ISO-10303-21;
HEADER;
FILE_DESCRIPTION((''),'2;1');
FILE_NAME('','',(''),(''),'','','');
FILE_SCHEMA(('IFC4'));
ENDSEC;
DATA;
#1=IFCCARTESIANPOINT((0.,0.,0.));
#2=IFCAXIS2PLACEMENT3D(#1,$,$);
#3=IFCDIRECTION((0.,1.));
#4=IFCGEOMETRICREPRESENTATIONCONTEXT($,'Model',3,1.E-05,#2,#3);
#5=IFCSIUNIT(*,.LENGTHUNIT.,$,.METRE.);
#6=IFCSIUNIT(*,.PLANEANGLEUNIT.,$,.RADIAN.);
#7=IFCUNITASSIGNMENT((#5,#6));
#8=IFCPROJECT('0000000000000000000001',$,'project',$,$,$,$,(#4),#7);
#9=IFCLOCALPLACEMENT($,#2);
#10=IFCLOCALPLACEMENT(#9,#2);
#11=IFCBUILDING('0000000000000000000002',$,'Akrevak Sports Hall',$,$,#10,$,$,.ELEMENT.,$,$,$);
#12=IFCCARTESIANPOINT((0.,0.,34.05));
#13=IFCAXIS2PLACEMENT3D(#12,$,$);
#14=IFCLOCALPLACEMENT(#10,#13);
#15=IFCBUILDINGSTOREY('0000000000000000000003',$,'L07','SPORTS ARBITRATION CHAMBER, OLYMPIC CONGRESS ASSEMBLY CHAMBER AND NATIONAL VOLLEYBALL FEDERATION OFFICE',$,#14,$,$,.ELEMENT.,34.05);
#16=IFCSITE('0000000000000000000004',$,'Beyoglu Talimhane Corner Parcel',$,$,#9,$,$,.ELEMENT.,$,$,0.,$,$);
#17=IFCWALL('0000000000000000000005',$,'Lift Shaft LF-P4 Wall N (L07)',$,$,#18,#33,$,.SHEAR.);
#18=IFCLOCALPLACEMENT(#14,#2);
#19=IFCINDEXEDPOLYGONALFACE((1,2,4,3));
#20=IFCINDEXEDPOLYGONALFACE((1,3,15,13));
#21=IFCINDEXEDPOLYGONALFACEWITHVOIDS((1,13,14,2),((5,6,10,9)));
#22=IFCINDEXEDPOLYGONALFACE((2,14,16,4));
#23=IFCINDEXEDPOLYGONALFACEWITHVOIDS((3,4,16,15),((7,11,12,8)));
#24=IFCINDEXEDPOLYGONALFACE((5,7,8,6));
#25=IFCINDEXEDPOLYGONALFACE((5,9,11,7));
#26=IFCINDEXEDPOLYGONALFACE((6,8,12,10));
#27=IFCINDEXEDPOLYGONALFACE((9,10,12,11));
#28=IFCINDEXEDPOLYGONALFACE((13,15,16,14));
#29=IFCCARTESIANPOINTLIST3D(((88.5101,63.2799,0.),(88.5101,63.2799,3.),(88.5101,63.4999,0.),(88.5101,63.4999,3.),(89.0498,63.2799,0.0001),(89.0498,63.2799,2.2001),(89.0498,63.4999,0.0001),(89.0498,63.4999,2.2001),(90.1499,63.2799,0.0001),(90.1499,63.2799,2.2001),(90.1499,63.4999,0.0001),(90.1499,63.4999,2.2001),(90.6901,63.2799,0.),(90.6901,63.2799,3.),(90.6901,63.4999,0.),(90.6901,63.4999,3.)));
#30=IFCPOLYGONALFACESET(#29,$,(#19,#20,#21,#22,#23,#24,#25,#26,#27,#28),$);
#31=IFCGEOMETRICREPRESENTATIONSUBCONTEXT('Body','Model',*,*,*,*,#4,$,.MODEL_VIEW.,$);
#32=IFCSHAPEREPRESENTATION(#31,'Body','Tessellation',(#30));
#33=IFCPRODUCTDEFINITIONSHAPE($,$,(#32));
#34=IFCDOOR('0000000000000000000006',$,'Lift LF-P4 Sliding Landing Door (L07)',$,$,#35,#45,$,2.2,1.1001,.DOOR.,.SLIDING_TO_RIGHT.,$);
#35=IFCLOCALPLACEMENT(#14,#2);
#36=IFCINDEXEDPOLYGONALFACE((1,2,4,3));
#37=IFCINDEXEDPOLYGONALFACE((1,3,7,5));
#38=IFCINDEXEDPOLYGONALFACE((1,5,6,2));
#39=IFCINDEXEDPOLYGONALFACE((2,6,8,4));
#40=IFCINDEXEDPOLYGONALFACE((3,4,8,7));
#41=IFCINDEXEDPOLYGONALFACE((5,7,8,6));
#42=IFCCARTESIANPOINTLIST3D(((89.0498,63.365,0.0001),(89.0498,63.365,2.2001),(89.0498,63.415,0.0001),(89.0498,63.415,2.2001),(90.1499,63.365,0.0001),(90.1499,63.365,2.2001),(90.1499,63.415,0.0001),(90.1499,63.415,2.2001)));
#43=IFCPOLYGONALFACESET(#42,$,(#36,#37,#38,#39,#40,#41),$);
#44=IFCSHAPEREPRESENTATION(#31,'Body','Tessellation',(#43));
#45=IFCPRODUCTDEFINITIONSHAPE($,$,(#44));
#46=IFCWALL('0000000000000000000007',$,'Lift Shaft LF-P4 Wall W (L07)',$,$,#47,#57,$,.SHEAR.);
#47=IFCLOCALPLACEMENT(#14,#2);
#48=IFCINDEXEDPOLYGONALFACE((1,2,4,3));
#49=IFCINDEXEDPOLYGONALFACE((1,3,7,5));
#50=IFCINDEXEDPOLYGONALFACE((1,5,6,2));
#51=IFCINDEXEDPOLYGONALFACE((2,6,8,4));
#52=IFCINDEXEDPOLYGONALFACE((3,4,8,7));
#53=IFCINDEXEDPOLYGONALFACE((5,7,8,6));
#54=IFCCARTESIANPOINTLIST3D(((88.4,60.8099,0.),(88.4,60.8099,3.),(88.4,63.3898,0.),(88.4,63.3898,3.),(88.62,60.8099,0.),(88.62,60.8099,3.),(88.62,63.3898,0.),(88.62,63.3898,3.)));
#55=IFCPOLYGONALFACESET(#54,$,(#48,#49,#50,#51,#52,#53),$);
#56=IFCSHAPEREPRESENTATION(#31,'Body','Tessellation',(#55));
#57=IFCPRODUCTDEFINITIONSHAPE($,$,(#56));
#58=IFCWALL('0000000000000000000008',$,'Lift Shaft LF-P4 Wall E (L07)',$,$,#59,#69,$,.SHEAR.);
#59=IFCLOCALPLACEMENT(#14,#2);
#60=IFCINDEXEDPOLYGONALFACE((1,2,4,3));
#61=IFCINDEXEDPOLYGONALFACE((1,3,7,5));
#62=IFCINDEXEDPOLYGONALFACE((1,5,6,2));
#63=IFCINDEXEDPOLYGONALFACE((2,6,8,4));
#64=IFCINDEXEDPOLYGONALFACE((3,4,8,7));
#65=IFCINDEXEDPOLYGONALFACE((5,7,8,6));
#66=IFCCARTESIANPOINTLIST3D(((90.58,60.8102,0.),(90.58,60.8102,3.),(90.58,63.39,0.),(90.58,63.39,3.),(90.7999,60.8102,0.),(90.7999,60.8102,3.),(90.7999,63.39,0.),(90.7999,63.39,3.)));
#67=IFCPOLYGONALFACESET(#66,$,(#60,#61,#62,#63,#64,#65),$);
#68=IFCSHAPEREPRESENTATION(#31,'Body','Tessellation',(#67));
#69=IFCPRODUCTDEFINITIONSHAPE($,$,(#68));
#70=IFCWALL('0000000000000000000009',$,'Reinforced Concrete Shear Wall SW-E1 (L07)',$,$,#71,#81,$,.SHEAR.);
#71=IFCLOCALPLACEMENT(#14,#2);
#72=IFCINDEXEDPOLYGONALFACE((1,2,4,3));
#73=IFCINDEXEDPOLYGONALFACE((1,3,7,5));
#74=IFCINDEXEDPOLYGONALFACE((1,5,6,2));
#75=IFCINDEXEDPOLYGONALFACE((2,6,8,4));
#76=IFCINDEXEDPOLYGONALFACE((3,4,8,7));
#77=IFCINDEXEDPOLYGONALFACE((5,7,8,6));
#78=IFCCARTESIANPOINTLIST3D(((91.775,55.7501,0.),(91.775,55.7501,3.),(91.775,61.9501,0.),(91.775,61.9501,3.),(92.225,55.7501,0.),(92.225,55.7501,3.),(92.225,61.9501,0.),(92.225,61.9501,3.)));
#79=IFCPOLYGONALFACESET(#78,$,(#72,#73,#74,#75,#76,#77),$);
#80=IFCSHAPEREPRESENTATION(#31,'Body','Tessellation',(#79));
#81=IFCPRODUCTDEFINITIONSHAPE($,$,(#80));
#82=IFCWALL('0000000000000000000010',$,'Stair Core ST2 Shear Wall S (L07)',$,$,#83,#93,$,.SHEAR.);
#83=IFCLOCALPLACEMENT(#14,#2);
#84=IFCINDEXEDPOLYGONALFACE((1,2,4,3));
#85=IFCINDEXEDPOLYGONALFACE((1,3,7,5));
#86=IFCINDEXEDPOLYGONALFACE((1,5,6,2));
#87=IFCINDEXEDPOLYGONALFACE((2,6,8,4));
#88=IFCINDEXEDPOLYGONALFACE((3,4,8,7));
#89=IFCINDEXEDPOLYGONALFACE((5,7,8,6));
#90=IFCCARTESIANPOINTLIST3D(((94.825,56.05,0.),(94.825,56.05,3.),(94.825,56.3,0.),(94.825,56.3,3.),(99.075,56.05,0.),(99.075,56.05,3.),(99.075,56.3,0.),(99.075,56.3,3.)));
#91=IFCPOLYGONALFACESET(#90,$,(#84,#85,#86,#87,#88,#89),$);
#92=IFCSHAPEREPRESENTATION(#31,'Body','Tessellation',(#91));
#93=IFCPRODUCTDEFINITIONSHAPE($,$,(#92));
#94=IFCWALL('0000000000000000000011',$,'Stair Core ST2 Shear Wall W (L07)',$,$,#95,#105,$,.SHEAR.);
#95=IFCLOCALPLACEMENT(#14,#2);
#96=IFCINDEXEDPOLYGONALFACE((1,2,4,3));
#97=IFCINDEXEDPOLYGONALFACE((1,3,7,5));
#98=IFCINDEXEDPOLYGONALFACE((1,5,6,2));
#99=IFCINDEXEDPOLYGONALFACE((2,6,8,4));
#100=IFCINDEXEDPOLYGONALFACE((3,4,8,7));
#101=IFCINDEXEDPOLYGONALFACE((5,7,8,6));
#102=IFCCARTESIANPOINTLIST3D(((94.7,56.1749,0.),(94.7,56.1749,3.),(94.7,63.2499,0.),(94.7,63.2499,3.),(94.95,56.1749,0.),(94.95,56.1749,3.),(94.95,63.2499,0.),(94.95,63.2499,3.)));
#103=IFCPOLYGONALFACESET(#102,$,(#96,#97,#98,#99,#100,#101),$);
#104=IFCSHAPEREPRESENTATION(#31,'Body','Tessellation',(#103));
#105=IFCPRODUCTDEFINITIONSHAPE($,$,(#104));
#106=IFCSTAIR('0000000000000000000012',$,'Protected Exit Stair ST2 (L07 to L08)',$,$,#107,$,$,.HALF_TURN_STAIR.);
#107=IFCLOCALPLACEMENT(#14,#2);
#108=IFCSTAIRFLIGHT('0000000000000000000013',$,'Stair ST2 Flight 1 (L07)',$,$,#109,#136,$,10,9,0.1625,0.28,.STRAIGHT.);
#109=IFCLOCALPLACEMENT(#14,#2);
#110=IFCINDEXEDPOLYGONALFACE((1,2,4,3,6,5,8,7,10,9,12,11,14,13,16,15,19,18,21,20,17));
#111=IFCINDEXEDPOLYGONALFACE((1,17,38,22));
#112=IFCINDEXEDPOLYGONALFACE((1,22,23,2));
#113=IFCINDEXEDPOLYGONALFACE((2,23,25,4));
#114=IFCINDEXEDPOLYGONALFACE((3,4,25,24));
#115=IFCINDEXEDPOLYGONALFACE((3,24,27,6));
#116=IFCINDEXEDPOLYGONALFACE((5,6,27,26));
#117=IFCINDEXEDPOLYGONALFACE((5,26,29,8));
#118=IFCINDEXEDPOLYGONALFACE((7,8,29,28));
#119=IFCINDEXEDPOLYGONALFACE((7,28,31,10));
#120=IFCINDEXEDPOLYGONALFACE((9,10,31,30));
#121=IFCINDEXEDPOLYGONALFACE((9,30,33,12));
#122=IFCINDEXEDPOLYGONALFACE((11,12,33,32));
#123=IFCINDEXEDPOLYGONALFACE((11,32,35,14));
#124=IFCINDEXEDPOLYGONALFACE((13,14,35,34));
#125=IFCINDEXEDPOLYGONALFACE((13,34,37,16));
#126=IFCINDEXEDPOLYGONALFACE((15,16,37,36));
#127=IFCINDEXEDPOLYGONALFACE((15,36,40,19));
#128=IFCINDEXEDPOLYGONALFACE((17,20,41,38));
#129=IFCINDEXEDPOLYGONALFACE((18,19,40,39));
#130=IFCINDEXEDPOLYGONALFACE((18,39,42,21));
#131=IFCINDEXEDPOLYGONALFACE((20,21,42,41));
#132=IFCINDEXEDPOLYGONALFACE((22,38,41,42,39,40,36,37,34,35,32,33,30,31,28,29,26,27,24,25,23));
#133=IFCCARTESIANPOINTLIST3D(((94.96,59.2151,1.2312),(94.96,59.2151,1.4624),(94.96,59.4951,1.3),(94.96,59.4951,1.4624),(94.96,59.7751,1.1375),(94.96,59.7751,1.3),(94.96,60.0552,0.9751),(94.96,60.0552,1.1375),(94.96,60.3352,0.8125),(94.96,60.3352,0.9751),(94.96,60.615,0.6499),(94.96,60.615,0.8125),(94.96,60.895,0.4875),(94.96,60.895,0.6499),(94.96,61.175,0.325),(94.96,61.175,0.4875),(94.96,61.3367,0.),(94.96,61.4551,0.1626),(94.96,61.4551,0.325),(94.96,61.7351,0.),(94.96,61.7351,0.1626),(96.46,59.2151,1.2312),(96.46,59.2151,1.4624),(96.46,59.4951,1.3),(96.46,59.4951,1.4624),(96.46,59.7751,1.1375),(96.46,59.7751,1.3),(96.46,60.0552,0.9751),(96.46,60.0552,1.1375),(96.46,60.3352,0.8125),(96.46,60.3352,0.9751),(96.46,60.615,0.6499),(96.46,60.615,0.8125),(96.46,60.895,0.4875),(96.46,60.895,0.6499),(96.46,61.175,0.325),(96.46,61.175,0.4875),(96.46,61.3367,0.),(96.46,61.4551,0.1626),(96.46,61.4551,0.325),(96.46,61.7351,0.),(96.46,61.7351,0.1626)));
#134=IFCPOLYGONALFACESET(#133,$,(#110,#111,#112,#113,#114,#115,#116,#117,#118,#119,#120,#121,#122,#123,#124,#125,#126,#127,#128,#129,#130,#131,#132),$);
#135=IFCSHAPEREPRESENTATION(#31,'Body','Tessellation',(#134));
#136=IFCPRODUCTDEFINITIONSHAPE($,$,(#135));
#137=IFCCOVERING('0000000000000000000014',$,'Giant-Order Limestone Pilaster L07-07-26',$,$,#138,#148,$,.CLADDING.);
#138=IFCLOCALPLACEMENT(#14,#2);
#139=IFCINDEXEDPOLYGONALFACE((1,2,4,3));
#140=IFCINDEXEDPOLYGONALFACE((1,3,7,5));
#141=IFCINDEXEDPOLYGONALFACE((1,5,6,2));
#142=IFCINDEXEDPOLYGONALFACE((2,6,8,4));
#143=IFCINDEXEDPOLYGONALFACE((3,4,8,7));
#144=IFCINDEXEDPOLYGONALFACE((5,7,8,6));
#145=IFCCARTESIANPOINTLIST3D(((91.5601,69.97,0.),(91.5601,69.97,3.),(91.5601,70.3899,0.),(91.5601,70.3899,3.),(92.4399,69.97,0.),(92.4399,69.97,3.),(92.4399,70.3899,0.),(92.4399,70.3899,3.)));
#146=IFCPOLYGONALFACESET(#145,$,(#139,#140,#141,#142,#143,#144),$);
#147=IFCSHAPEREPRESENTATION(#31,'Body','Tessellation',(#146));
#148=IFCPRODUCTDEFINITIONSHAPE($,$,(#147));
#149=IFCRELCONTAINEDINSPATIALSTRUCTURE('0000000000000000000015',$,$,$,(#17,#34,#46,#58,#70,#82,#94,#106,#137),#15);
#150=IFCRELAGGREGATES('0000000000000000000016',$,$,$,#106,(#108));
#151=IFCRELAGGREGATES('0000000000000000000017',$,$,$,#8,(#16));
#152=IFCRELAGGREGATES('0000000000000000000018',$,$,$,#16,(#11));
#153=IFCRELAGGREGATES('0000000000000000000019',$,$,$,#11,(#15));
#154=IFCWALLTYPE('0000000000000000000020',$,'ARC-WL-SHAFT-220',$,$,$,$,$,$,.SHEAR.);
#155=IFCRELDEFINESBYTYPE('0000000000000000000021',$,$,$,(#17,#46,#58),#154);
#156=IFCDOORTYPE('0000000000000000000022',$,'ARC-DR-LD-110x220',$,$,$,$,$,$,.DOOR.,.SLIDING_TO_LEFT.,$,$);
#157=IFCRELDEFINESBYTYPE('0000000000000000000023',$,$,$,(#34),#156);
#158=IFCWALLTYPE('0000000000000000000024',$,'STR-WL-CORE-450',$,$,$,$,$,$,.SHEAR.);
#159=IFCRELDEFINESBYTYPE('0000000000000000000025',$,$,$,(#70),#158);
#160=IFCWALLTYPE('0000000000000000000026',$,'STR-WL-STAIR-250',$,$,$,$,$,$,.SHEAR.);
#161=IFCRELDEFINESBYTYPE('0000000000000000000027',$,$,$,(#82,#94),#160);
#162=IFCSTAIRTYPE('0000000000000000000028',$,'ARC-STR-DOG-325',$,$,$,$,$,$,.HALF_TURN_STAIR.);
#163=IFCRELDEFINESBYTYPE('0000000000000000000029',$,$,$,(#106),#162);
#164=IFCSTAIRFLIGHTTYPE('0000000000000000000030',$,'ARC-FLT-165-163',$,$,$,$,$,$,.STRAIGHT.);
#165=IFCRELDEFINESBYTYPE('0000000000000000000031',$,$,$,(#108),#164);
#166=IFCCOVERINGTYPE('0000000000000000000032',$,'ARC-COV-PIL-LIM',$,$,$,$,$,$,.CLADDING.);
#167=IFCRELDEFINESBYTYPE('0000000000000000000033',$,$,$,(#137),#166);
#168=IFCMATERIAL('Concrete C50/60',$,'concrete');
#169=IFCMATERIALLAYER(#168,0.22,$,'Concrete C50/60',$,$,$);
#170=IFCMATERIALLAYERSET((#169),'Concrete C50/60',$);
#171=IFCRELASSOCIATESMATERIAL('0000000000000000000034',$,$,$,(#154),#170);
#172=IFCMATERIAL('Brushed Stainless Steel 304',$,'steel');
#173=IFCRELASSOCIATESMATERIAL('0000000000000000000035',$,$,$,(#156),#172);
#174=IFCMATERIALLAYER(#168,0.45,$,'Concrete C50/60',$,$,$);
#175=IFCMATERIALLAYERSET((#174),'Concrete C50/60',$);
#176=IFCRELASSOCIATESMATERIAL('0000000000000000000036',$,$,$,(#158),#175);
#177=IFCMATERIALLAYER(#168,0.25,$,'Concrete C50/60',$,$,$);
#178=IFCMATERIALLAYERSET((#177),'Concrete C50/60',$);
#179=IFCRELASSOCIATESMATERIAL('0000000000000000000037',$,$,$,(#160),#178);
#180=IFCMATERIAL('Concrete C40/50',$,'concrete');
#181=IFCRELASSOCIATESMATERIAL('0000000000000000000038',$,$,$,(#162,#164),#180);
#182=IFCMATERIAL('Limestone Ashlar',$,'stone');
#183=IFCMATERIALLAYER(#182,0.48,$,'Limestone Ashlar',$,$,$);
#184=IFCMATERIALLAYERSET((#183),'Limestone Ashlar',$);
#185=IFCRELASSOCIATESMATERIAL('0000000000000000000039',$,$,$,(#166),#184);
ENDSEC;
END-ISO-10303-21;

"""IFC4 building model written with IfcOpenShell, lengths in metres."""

from ifc_helpers import new_model, si_unit, direction, frame, frame_2d, origin, origin_2d, place, context, subcontext, project, spatial, polyline, rectangle, outline, extrude, material, layer, layer_set, type_object, element, fill, aggregate, save


model = new_model("IFC4")

# Units and contexts
model_context = context("Model", 3, precision=1e-05, world=origin(), true_north=direction((0.0, 1.0)))
body_context = subcontext(model_context, "Body", "Model", "MODEL_VIEW")
ifc_project = project(units=[si_unit("LENGTHUNIT", "METRE"), si_unit("PLANEANGLEUNIT", "RADIAN")], contexts=[model_context])

# Site, building, storey
site_placement = place(None, origin())
site = spatial("IfcSite", under=ifc_project, at=site_placement, Name="Beyoglu Talimhane Corner Parcel", CompositionType="ELEMENT", RefElevation=0.0)
building_placement = place(site_placement, origin())
building = spatial("IfcBuilding", under=site, at=building_placement, Name="Akrevak Sports Hall", CompositionType="ELEMENT")
storey_placement = place(building_placement, frame((0.0, 0.0, 34.05)))
storey = spatial("IfcBuildingStorey", under=building, at=storey_placement, Name="L07", Description="SPORTS ARBITRATION CHAMBER, OLYMPIC CONGRESS ASSEMBLY CHAMBER AND NATIONAL VOLLEYBALL FEDERATION OFFICE", CompositionType="ELEMENT", Elevation=34.05)

# Shared definitions
ifc_material_1 = material(Name="Concrete C40/50", Category="concrete")

# Shared definitions
ifc_material_2 = material(Name="Concrete C50/60", Category="concrete")
ifc_layer_1 = layer(ifc_material_2, 0.22, Name="Concrete C50/60")
ifc_layer_set_1 = layer_set([ifc_layer_1], Name="Concrete C50/60")
wall_type_1 = type_object("IfcWallType", Name="ARC-WL-SHAFT-220", PredefinedType="SHEAR", material=ifc_layer_set_1)

# Shared definitions
ifc_material_3 = material(Name="Brushed Stainless Steel 304", Category="steel")
door_type_1 = type_object("IfcDoorType", Name="ARC-DR-LD-110x220", OperationType="SLIDING_TO_LEFT", PredefinedType="DOOR", material=ifc_material_3)

# Wall, opening, door
wall_1_placement = place(storey_placement, frame((90.6899, 63.3899, 0.0), z_axis=(0.0, 0.0, 1.0), x_axis=(-1.0, 0.0, 0.0)))
wall_1 = element("IfcWall", 1, at=wall_1_placement, inside=storey, type_object=wall_type_1, Name="Lift Shaft LF-P4 Wall N (L07)", PredefinedType="SHEAR", context=body_context, shape_type="SweptSolid", body=[
    extrude(rectangle(XDim=2.1799, YDim=0.22, at=frame_2d((1.0898, 0.0))), origin(), (0.0, 0.0, 1.0), 3.0),
])
opening_1_placement = place(wall_1_placement, frame((0.54, 0.0, 0.0)))
opening_1 = element("IfcOpeningElement", 2, at=opening_1_placement, cuts=wall_1, PredefinedType="OPENING", context=body_context, shape_type="SweptSolid", body=[
    extrude(rectangle(XDim=1.1001, YDim=2.2, at=frame_2d((0.55, 1.1001))), frame((0.0, 0.1221, 0.0), z_axis=(0.0, -1.0, 0.0), x_axis=(1.0, 0.0, 0.0)), (0.0, 0.0, 1.0), 0.2439),
])
door_1_placement = place(opening_1_placement, origin())
door_1 = element("IfcDoor", 3, at=door_1_placement, inside=storey, type_object=door_type_1, Name="Lift LF-P4 Sliding Landing Door (L07)", OperationType="SLIDING_TO_RIGHT", OverallHeight=2.2, OverallWidth=1.1001, PredefinedType="DOOR", context=body_context, shape_type="SweptSolid", body=[
    extrude(rectangle(XDim=1.1001, YDim=2.2, at=frame_2d((0.55, 1.1001))), frame((0.0, 0.0249, 0.0), z_axis=(0.0, -1.0, 0.0), x_axis=(1.0, 0.0, 0.0)), (0.0, 0.0, 1.0), 0.05),
])
fill(opening_1, door_1)

# Walls
for number, where, z_axis, x_axis, name in (
    (4, (88.51, 63.3899, 0.0), (0.0, 0.0, 1.0), (0.0, -1.0, 0.0), "Lift Shaft LF-P4 Wall W (L07)"),
    (5, (90.6899, 60.8101, 0.0), (0.0, 0.0, 1.0), (0.0, 1.0, 0.0), "Lift Shaft LF-P4 Wall E (L07)"),
):
    element("IfcWall", number, at=place(storey_placement, frame(where, z_axis=z_axis, x_axis=x_axis)), inside=storey, type_object=wall_type_1, Name=name, PredefinedType="SHEAR", context=body_context, shape_type="SweptSolid", body=[
        extrude(rectangle(XDim=2.5798, YDim=0.22, at=frame_2d((1.29, 0.0))), origin(), (0.0, 0.0, 1.0), 3.0),
    ])
ifc_layer_2 = layer(ifc_material_2, 0.45, Name="Concrete C50/60")
ifc_layer_set_2 = layer_set([ifc_layer_2], Name="Concrete C50/60")
wall_type_2 = type_object("IfcWallType", Name="STR-WL-CORE-450", PredefinedType="SHEAR", material=ifc_layer_set_2)
wall_2_placement = place(storey_placement, frame((92.0, 55.75, 0.0), z_axis=(0.0, 0.0, 1.0), x_axis=(0.0, 1.0, 0.0)))
element("IfcWall", 6, at=wall_2_placement, inside=storey, type_object=wall_type_2, Name="Reinforced Concrete Shear Wall SW-E1 (L07)", PredefinedType="SHEAR", context=body_context, shape_type="SweptSolid", body=[
    extrude(rectangle(XDim=6.2, YDim=0.45, at=frame_2d((3.1001, 0.0))), origin(), (0.0, 0.0, 1.0), 3.0),
])
ifc_layer_3 = layer(ifc_material_2, 0.25, Name="Concrete C50/60")
ifc_layer_set_3 = layer_set([ifc_layer_3], Name="Concrete C50/60")
wall_type_3 = type_object("IfcWallType", Name="STR-WL-STAIR-250", PredefinedType="SHEAR", material=ifc_layer_set_3)
wall_3_placement = place(storey_placement, frame((94.825, 56.175, 0.0), z_axis=(0.0, 0.0, 1.0), x_axis=(1.0, 0.0, 0.0)))
element("IfcWall", 7, at=wall_3_placement, inside=storey, type_object=wall_type_3, Name="Stair Core ST2 Shear Wall S (L07)", PredefinedType="SHEAR", context=body_context, shape_type="SweptSolid", body=[
    extrude(rectangle(XDim=4.25, YDim=0.25, at=frame_2d((2.125, 0.0))), origin(), (0.0, 0.0, 1.0), 3.0),
])
wall_4_placement = place(storey_placement, frame((94.825, 63.25, 0.0), z_axis=(0.0, 0.0, 1.0), x_axis=(0.0, -1.0, 0.0)))
element("IfcWall", 8, at=wall_4_placement, inside=storey, type_object=wall_type_3, Name="Stair Core ST2 Shear Wall W (L07)", PredefinedType="SHEAR", context=body_context, shape_type="SweptSolid", body=[
    extrude(rectangle(XDim=7.075, YDim=0.25, at=frame_2d((3.5376, 0.0))), origin(), (0.0, 0.0, 1.0), 3.0),
])

# Stair, stair flight
stair_type = type_object("IfcStairType", Name="ARC-STR-DOG-325", PredefinedType="HALF_TURN_STAIR", material=ifc_material_1)
stair_placement = place(storey_placement, origin())
stair = element("IfcStair", 9, at=stair_placement, inside=storey, type_object=stair_type, Name="Protected Exit Stair ST2 (L07 to L08)", PredefinedType="HALF_TURN_STAIR")
stair_flight_type = type_object("IfcStairFlightType", Name="ARC-FLT-165-163", PredefinedType="STRAIGHT", material=ifc_material_1)
stair_flight_placement = place(storey_placement, frame((95.71, 61.7351, 0.0), z_axis=(0.0, 0.0, 1.0), x_axis=(0.0, -1.0, 0.0)))
stair_flight = element("IfcStairFlight", 10, at=stair_flight_placement, type_object=stair_flight_type, Name="Stair ST2 Flight 1 (L07)", NumberOfRisers=10, NumberOfTreads=9, PredefinedType="STRAIGHT", RiserHeight=0.1625, TreadLength=0.28, context=body_context, shape_type="SweptSolid", body=[
    extrude(outline(polyline([(0.0, 0.0), (0.0, 0.1626), (0.28, 0.1626), (0.28, 0.325), (0.5601, 0.325), (0.5601, 0.4875), (0.8401, 0.4875), (0.8401, 0.6499), (1.1201, 0.6499), (1.1201, 0.8125), (1.3999, 0.8125), (1.3999, 0.9751), (1.6799, 0.9751), (1.6799, 1.1375), (1.96, 1.1375), (1.96, 1.3), (2.24, 1.3), (2.24, 1.4624), (2.52, 1.4624), (2.52, 1.625), (2.52, 1.2312), (0.3984, 0.0), (0.0, 0.0)])), frame((0.0, 0.75, 0.0), z_axis=(0.0, -1.0, 0.0), x_axis=(1.0, 0.0, 0.0)), (0.0, 0.0, 1.0), 1.5),
])
aggregate(stair, [stair_flight])

# Covering
ifc_material_4 = material(Name="Limestone Ashlar", Category="stone")
ifc_layer_4 = layer(ifc_material_4, 0.48, Name="Limestone Ashlar")
ifc_layer_set_4 = layer_set([ifc_layer_4], Name="Limestone Ashlar")
covering_type = type_object("IfcCoveringType", Name="ARC-COV-PIL-LIM", PredefinedType="CLADDING", material=ifc_layer_set_4)
covering_placement = place(storey_placement, frame((92.0, 70.1799, 0.0), z_axis=(0.0, 0.0, 1.0), x_axis=(-1.0, 0.0, 0.0)))
element("IfcCovering", 11, at=covering_placement, inside=storey, type_object=covering_type, Name="Giant-Order Limestone Pilaster L07-07-26", PredefinedType="CLADDING", context=body_context, shape_type="SweptSolid", body=[
    extrude(rectangle(XDim=0.8799, YDim=0.4199, at=origin_2d()), origin(), (0.0, 0.0, 1.0), 3.0),
])

save(model, "model.ifc")
